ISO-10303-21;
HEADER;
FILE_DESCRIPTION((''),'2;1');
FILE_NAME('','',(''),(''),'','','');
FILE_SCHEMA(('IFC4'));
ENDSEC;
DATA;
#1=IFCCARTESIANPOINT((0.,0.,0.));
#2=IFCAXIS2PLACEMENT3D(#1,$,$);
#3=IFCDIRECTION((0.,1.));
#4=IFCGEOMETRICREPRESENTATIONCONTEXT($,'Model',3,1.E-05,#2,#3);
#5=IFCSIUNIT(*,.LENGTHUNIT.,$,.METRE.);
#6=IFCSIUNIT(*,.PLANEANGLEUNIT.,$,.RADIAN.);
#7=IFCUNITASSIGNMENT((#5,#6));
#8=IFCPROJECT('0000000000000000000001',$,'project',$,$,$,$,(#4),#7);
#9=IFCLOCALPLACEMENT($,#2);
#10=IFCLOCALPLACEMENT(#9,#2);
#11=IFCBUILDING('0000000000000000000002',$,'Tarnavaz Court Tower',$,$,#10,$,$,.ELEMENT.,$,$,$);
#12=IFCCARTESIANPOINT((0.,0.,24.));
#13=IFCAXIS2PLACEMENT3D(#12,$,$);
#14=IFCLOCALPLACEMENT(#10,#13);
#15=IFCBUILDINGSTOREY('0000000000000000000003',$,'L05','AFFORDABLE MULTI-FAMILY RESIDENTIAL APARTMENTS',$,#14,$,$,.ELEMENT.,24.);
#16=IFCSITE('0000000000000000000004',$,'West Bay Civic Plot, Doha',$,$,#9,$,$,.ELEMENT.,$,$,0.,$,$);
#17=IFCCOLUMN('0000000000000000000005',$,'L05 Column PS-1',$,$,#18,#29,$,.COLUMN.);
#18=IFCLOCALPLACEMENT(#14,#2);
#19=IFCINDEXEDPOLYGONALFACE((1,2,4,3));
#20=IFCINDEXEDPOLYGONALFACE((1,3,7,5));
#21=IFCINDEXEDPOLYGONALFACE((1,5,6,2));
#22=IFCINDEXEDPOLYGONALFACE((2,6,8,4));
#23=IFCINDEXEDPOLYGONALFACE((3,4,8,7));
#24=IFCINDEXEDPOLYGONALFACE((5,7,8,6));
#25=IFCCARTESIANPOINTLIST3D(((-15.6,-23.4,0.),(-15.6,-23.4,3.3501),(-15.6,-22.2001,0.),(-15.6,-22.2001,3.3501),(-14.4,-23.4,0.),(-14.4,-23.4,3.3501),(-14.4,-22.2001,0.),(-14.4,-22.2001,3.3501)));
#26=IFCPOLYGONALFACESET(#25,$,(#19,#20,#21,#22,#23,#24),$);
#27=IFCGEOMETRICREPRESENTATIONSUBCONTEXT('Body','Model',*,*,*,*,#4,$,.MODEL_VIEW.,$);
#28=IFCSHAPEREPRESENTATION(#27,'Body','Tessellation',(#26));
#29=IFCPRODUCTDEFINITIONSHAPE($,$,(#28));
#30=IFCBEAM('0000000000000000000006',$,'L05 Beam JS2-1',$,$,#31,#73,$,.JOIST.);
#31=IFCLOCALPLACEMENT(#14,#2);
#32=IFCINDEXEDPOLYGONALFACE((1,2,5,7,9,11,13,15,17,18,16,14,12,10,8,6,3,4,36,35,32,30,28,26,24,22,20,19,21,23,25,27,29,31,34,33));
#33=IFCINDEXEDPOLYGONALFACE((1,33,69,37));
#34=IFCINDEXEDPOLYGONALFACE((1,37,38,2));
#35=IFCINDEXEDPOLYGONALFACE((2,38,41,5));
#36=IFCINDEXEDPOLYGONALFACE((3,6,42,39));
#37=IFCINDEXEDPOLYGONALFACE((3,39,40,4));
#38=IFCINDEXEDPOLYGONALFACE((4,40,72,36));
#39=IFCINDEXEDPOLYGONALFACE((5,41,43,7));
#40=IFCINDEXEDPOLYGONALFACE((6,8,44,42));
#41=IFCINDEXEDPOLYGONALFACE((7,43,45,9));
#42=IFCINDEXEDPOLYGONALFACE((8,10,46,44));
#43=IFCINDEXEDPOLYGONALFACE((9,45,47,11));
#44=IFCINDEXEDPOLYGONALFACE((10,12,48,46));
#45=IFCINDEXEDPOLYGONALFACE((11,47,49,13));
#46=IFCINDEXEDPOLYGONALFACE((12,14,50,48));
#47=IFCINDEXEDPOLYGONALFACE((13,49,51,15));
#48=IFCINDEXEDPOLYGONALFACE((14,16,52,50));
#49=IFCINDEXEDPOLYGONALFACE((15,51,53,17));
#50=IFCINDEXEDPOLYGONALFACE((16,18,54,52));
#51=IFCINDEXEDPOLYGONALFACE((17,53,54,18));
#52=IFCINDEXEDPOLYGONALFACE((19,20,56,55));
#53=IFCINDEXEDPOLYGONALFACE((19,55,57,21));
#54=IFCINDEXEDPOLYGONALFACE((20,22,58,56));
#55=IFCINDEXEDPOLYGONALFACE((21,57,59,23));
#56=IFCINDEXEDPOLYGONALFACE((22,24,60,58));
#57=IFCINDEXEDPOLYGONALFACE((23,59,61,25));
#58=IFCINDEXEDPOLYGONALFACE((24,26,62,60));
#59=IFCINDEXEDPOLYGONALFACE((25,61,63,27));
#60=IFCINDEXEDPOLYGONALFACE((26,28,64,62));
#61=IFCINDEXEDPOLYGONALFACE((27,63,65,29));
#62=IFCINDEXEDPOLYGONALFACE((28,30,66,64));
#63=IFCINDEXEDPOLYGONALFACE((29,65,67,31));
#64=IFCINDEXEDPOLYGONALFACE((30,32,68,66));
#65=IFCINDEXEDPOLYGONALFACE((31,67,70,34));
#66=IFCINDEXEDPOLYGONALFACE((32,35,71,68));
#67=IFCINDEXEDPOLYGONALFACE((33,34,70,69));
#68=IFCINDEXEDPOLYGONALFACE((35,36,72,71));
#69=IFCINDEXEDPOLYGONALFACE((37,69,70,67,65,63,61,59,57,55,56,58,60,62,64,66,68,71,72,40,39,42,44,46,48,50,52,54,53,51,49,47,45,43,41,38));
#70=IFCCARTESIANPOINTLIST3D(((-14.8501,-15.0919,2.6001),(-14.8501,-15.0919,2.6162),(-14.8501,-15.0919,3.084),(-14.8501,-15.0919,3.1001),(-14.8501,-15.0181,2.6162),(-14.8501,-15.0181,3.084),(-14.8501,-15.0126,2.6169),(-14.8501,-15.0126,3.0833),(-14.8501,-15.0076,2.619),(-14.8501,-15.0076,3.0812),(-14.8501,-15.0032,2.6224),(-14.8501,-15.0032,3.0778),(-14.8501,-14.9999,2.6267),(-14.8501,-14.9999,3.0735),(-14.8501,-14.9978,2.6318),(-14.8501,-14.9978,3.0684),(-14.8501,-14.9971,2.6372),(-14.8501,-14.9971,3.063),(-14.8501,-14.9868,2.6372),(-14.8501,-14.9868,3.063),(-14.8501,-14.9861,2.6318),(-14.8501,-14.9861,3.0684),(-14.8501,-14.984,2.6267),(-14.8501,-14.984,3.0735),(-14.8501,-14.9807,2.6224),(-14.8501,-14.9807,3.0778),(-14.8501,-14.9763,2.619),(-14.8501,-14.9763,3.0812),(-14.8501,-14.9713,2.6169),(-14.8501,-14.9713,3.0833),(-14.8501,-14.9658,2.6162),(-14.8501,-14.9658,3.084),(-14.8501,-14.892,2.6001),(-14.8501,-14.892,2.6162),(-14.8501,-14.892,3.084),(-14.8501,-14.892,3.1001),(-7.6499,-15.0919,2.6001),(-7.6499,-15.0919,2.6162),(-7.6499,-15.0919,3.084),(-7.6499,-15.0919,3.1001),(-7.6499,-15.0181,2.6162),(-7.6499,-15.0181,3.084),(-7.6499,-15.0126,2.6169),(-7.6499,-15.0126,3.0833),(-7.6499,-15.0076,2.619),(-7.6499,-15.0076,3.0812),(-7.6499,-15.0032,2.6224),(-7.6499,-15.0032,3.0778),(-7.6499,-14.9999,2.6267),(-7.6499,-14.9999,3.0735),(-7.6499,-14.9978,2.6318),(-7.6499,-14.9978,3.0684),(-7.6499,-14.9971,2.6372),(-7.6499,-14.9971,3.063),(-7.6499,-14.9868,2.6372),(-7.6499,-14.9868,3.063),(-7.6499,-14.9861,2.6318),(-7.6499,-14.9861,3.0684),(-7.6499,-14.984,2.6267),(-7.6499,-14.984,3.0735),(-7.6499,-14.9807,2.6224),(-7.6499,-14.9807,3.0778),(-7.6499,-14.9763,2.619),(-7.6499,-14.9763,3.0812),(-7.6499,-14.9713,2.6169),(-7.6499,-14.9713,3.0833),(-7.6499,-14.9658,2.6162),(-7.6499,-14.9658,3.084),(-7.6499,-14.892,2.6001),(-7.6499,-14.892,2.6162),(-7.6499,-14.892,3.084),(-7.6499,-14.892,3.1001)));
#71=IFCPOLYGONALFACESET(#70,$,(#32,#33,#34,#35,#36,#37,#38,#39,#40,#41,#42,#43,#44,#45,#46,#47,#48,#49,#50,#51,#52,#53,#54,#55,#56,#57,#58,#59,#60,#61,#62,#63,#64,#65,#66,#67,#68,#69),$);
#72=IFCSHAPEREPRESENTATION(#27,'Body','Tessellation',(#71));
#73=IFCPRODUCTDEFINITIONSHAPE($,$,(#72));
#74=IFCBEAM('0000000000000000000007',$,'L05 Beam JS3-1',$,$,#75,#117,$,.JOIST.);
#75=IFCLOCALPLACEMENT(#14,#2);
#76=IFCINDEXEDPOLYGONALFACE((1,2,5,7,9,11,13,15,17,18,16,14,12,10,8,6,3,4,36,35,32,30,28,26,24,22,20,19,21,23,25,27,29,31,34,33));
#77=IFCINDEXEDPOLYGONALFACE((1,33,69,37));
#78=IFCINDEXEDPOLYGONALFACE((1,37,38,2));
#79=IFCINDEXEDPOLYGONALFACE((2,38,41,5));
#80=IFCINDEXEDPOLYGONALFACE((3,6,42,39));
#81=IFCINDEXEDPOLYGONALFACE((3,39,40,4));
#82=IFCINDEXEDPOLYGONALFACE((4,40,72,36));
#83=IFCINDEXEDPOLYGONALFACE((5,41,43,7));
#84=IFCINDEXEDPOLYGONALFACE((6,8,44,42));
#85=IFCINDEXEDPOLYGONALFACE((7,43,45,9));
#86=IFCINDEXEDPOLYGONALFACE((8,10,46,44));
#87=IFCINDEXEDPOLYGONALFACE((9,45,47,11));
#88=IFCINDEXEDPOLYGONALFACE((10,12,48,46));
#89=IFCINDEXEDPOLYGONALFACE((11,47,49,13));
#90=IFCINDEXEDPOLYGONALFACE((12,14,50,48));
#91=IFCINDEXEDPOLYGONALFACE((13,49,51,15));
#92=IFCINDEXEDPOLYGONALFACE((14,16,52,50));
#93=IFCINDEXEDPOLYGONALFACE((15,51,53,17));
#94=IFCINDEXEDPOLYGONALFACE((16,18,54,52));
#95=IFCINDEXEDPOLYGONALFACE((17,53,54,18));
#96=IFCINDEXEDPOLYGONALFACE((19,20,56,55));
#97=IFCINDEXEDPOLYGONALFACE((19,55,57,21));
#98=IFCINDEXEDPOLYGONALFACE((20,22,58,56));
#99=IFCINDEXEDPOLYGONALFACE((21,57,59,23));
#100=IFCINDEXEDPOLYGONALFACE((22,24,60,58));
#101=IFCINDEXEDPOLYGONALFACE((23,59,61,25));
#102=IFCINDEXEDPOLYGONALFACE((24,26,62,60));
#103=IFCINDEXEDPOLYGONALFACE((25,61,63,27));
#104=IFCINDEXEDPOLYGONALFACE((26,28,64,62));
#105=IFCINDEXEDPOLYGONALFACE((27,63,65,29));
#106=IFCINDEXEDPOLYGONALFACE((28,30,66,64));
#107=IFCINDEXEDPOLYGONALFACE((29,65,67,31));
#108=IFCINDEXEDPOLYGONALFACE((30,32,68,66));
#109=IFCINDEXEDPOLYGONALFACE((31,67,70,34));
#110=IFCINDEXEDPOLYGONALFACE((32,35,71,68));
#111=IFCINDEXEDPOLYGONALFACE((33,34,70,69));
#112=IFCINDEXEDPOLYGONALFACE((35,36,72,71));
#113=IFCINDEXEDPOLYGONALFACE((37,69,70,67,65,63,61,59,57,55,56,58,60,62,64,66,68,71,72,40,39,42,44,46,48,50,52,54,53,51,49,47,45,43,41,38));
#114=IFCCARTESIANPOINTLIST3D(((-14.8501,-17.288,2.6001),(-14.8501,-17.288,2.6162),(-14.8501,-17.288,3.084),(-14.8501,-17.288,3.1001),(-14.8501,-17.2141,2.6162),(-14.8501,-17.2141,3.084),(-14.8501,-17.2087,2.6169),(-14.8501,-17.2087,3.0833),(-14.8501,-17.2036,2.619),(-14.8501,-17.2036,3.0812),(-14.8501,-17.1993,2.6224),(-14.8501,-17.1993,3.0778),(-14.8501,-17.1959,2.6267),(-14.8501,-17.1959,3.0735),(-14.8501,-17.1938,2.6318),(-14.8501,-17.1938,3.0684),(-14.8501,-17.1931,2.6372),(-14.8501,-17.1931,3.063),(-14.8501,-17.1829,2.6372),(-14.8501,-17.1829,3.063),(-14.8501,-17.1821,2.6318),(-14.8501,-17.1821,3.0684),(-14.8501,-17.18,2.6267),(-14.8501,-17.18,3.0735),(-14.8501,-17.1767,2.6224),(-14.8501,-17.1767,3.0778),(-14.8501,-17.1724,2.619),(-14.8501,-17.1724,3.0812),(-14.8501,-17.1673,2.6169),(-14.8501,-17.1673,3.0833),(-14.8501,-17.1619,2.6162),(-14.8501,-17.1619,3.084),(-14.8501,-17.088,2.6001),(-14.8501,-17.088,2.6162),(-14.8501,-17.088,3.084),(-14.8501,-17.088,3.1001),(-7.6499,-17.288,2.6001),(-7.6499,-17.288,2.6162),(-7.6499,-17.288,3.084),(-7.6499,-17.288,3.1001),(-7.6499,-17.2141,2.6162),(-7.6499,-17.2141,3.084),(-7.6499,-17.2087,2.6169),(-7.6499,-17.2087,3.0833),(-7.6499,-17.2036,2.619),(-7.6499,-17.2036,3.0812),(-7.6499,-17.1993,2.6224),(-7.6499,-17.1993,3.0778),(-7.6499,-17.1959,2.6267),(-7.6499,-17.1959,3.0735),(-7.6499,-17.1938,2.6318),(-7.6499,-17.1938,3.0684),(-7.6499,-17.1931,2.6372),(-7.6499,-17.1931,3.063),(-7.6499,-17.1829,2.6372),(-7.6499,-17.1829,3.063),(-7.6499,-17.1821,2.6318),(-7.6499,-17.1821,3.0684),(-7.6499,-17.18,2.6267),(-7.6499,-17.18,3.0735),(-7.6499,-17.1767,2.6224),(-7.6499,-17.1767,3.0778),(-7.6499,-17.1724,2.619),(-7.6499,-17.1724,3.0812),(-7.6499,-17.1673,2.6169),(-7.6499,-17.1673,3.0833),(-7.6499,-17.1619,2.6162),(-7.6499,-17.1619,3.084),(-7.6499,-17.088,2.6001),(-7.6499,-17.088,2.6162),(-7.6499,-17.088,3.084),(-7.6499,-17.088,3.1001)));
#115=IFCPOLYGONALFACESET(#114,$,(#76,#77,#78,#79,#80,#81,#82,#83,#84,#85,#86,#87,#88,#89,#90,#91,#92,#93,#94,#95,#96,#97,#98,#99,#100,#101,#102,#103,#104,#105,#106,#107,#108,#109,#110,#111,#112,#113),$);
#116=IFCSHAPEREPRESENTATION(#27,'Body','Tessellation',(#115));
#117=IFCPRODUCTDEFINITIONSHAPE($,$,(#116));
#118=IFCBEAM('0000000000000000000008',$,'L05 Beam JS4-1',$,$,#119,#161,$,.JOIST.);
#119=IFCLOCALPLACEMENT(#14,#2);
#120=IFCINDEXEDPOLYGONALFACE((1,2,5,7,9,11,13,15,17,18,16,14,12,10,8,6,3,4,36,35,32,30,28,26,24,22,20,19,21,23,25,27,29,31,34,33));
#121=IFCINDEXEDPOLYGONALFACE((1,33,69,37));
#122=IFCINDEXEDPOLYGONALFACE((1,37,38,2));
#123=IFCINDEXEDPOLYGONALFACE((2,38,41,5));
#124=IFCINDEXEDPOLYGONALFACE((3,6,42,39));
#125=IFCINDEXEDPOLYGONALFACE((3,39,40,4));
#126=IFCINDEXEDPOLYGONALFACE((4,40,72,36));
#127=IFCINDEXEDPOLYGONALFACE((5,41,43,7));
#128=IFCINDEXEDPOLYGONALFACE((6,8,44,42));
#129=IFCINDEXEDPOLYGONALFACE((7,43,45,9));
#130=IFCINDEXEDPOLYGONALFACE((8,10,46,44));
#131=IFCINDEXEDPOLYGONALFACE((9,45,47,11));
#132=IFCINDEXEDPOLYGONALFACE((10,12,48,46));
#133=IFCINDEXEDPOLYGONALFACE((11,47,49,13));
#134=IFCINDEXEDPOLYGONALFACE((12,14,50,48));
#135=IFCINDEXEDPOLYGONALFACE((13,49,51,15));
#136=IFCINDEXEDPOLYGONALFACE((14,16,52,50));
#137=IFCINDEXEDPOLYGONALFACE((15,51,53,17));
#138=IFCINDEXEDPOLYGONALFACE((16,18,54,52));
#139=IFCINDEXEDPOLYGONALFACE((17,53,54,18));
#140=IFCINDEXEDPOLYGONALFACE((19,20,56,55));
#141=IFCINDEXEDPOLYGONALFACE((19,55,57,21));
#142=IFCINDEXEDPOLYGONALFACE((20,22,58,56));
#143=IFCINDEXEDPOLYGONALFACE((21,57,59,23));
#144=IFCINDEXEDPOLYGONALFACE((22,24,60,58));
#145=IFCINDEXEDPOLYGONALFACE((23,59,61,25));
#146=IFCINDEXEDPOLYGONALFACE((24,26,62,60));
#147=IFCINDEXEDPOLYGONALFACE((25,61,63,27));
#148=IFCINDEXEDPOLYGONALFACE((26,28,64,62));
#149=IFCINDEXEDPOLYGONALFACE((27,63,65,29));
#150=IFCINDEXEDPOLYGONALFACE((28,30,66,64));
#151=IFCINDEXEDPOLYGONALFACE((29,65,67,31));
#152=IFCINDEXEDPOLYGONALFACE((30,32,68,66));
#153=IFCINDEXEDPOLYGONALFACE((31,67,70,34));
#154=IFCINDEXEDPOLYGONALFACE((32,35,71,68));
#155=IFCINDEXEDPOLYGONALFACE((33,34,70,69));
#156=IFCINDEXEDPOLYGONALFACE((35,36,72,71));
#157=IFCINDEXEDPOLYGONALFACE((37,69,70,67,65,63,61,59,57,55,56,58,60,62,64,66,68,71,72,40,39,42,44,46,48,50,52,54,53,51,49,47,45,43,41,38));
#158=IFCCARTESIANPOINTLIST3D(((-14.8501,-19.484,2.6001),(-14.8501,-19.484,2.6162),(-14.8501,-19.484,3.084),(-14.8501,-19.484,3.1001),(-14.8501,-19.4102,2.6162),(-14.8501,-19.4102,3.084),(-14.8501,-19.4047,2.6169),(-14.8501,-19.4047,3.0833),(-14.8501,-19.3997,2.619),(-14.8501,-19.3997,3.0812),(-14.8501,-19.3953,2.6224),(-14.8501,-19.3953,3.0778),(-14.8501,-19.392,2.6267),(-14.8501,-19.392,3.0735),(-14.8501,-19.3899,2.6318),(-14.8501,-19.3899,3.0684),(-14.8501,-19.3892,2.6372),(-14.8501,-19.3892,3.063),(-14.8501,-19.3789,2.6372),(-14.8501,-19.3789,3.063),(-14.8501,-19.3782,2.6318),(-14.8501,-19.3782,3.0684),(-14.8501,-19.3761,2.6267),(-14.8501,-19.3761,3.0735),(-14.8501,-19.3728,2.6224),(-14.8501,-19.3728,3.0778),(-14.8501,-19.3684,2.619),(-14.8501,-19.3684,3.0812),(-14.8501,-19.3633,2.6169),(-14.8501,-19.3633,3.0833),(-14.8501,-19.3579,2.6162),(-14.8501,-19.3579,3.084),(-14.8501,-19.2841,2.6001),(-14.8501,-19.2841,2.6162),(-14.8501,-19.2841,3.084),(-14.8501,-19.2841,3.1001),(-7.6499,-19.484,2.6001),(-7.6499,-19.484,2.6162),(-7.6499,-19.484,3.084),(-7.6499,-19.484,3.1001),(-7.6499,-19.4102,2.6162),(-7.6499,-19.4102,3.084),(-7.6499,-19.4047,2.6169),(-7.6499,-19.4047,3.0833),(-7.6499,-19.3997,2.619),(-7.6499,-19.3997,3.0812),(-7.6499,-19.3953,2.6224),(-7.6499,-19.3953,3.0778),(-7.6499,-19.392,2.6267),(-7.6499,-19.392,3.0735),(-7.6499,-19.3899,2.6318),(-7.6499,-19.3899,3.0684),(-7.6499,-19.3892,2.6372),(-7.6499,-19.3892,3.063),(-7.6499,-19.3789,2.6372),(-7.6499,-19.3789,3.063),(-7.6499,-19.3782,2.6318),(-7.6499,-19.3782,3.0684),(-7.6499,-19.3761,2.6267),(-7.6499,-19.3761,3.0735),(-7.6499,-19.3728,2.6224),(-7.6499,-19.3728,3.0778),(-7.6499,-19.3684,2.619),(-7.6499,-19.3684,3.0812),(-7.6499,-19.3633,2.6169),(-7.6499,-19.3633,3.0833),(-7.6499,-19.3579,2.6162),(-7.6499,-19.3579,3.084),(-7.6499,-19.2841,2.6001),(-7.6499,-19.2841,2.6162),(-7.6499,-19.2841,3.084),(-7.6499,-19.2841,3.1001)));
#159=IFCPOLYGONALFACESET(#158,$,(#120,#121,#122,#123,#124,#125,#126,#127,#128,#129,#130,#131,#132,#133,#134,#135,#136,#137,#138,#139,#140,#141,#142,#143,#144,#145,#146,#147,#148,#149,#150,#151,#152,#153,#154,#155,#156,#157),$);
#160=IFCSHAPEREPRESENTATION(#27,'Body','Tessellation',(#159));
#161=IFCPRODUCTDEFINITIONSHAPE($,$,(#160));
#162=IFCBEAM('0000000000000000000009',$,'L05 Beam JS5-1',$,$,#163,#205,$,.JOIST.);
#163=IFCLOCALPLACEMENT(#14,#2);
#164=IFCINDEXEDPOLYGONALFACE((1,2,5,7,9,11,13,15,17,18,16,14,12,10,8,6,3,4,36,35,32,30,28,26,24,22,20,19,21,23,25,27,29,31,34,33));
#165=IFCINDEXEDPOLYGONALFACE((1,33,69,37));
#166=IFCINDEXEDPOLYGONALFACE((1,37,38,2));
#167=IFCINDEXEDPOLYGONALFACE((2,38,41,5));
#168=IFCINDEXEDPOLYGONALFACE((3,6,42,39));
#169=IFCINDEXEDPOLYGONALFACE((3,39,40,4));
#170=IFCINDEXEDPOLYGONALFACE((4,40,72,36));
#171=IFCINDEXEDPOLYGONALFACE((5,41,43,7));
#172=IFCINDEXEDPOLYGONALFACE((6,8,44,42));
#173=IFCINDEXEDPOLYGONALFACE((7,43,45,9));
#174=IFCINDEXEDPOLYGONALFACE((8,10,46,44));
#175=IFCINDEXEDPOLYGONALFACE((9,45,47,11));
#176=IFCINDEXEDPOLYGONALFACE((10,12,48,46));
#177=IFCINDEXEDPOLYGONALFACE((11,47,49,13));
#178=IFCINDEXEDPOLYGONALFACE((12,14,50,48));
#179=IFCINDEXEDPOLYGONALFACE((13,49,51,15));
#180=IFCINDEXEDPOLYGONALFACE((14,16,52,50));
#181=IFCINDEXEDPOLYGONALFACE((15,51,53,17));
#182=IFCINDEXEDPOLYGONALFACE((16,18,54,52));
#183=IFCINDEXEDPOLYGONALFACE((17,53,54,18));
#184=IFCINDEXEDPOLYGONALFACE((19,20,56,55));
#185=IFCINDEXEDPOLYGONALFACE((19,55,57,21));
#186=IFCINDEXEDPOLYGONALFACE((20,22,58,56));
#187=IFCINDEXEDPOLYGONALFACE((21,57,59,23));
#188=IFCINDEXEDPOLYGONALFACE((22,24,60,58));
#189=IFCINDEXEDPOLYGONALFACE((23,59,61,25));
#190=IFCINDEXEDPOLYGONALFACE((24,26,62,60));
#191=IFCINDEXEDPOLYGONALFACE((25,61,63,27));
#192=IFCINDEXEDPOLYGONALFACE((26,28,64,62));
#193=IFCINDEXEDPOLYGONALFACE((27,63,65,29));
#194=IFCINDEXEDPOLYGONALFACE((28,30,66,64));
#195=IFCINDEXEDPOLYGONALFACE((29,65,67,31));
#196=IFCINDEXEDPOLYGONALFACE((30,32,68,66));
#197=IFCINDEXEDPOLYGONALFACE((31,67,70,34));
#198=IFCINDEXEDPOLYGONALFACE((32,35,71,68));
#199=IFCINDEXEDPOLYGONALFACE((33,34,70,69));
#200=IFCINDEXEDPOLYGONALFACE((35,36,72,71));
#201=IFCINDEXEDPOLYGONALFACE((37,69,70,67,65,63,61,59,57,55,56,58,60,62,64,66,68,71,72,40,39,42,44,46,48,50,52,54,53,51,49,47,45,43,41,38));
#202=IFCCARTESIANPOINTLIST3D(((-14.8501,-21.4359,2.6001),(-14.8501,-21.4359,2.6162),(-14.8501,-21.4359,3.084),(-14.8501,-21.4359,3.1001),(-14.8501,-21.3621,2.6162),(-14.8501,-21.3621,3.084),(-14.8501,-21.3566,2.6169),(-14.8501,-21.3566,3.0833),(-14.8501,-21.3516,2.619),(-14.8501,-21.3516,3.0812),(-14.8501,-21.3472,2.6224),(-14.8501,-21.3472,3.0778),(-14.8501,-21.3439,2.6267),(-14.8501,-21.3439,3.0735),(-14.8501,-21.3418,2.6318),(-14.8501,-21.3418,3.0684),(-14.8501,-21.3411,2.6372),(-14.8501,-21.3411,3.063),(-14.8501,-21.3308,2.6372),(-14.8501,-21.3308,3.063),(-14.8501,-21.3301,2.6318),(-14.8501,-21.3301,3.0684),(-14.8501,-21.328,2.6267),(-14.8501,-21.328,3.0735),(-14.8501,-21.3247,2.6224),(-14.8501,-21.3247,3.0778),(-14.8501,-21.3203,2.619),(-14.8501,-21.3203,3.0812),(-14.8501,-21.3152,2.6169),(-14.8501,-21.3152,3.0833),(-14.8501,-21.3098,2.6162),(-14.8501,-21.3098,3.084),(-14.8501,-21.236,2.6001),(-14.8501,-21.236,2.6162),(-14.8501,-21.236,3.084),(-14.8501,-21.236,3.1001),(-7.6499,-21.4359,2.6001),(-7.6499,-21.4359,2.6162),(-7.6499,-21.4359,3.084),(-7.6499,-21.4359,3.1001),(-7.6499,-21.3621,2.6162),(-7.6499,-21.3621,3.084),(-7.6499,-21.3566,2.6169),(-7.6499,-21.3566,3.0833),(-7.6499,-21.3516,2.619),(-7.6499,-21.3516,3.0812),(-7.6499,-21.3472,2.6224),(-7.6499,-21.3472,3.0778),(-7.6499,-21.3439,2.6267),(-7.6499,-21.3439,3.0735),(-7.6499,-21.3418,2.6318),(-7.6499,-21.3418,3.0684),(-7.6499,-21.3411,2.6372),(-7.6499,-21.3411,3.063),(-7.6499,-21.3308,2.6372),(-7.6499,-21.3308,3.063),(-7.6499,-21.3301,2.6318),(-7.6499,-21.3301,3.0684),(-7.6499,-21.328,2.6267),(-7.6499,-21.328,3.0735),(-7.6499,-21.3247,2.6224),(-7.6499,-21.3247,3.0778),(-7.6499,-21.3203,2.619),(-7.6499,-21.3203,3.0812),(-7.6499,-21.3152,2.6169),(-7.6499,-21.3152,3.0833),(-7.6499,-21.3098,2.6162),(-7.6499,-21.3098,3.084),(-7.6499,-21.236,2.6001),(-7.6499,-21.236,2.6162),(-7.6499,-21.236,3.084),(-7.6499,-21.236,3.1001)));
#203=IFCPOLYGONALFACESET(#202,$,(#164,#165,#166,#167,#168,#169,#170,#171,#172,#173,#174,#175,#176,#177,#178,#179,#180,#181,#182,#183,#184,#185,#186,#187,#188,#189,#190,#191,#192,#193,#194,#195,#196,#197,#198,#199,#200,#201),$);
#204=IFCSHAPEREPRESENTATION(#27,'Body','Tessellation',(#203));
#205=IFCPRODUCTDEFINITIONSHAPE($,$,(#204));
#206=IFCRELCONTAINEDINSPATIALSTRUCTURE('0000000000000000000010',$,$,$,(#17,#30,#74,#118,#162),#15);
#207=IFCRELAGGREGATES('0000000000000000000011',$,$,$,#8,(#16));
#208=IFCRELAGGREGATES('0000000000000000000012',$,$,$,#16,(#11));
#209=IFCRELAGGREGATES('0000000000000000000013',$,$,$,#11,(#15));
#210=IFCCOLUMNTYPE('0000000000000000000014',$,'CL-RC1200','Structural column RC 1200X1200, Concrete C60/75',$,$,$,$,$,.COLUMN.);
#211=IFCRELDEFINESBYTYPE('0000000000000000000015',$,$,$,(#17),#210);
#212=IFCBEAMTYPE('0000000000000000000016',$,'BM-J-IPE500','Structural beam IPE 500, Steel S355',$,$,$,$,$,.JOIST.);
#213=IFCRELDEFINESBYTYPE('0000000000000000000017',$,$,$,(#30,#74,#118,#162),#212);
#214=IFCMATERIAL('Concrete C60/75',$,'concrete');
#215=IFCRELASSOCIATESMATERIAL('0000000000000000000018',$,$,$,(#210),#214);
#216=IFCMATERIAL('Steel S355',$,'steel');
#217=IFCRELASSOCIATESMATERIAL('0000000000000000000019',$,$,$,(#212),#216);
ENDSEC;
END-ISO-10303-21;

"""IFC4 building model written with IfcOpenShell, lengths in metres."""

from ifc_helpers import new_model, si_unit, direction, frame, origin, origin_2d, place, context, subcontext, project, spatial, rectangle, i_section, extrude, material, material_profile, profile_set, type_object, element, save


model = new_model("IFC4")

# Units and contexts
model_context = context("Model", 3, precision=1e-05, world=origin(), true_north=direction((0.0, 1.0)))
body_context = subcontext(model_context, "Body", "Model", "MODEL_VIEW")
ifc_project = project(units=[si_unit("LENGTHUNIT", "METRE"), si_unit("PLANEANGLEUNIT", "RADIAN")], contexts=[model_context])

# Site, building, storey
site_placement = place(None, origin())
site = spatial("IfcSite", under=ifc_project, at=site_placement, Name="West Bay Civic Plot, Doha", CompositionType="ELEMENT", RefElevation=0.0)
building_placement = place(site_placement, origin())
building = spatial("IfcBuilding", under=site, at=building_placement, Name="Tarnavaz Court Tower", CompositionType="ELEMENT")
storey_placement = place(building_placement, frame((0.0, 0.0, 24.0)))
storey = spatial("IfcBuildingStorey", under=building, at=storey_placement, Name="L05", Description="AFFORDABLE MULTI-FAMILY RESIDENTIAL APARTMENTS", CompositionType="ELEMENT", Elevation=24.0)

# Column
ifc_material_1 = material(Name="Concrete C60/75", Category="concrete")
ifc_material_profile_1 = material_profile(ifc_material_1, rectangle(XDim=1.2, YDim=1.2, at=origin_2d()), Name="RC 1200X1200")
ifc_profile_set_1 = profile_set([ifc_material_profile_1], Name="Concrete C60/75")
column_type = type_object("IfcColumnType", Name="CL-RC1200", Description="Structural column RC 1200X1200, Concrete C60/75", PredefinedType="COLUMN", material=ifc_profile_set_1)
column_placement = place(storey_placement, frame((-15.0, -22.8, 0.0), z_axis=(0.0, 0.0, 1.0), x_axis=(1.0, 0.0, 0.0)))
element("IfcColumn", 1, at=column_placement, inside=storey, type_object=column_type, Name="L05 Column PS-1", PredefinedType="COLUMN", context=body_context, shape_type="SweptSolid", body=[
    extrude(rectangle(XDim=1.2, YDim=1.2, at=origin_2d()), origin(), (0.0, 0.0, 1.0), 3.3501),
])

# Beams
ifc_material_2 = material(Name="Steel S355", Category="steel")
ifc_material_profile_2 = material_profile(ifc_material_2, i_section(OverallWidth=0.2, OverallDepth=0.5, WebThickness=0.0103, FlangeThickness=0.0161, FilletRadius=0.021, at=origin_2d()), Name="IPE 500")
ifc_profile_set_2 = profile_set([ifc_material_profile_2], Name="Steel S355")
beam_type_1 = type_object("IfcBeamType", Name="BM-J-IPE500", Description="Structural beam IPE 500, Steel S355", PredefinedType="JOIST", material=ifc_profile_set_2)
for number, where, z_axis, x_axis, name in (
    (2, (-14.8501, -14.9919, 2.8501), (1.0, 0.0, 0.0), (0.0, 1.0, 0.0), "L05 Beam JS2-1"),
    (3, (-14.8501, -17.188, 2.8501), (1.0, 0.0, 0.0), (0.0, 1.0, 0.0), "L05 Beam JS3-1"),
    (4, (-14.8501, -19.384, 2.8501), (1.0, 0.0, 0.0), (0.0, 1.0, 0.0), "L05 Beam JS4-1"),
    (5, (-14.8501, -21.3359, 2.8501), (1.0, 0.0, 0.0), (0.0, 1.0, 0.0), "L05 Beam JS5-1"),
):
    element("IfcBeam", number, at=place(storey_placement, frame(where, z_axis=z_axis, x_axis=x_axis)), inside=storey, type_object=beam_type_1, Name=name, PredefinedType="JOIST", context=body_context, shape_type="SweptSolid", body=[
        extrude(i_section(OverallWidth=0.2, OverallDepth=0.5, WebThickness=0.0103, FlangeThickness=0.0161, FilletRadius=0.021, at=origin_2d()), origin(), (0.0, 0.0, 1.0), 7.2002),
    ])

save(model, "model.ifc")
